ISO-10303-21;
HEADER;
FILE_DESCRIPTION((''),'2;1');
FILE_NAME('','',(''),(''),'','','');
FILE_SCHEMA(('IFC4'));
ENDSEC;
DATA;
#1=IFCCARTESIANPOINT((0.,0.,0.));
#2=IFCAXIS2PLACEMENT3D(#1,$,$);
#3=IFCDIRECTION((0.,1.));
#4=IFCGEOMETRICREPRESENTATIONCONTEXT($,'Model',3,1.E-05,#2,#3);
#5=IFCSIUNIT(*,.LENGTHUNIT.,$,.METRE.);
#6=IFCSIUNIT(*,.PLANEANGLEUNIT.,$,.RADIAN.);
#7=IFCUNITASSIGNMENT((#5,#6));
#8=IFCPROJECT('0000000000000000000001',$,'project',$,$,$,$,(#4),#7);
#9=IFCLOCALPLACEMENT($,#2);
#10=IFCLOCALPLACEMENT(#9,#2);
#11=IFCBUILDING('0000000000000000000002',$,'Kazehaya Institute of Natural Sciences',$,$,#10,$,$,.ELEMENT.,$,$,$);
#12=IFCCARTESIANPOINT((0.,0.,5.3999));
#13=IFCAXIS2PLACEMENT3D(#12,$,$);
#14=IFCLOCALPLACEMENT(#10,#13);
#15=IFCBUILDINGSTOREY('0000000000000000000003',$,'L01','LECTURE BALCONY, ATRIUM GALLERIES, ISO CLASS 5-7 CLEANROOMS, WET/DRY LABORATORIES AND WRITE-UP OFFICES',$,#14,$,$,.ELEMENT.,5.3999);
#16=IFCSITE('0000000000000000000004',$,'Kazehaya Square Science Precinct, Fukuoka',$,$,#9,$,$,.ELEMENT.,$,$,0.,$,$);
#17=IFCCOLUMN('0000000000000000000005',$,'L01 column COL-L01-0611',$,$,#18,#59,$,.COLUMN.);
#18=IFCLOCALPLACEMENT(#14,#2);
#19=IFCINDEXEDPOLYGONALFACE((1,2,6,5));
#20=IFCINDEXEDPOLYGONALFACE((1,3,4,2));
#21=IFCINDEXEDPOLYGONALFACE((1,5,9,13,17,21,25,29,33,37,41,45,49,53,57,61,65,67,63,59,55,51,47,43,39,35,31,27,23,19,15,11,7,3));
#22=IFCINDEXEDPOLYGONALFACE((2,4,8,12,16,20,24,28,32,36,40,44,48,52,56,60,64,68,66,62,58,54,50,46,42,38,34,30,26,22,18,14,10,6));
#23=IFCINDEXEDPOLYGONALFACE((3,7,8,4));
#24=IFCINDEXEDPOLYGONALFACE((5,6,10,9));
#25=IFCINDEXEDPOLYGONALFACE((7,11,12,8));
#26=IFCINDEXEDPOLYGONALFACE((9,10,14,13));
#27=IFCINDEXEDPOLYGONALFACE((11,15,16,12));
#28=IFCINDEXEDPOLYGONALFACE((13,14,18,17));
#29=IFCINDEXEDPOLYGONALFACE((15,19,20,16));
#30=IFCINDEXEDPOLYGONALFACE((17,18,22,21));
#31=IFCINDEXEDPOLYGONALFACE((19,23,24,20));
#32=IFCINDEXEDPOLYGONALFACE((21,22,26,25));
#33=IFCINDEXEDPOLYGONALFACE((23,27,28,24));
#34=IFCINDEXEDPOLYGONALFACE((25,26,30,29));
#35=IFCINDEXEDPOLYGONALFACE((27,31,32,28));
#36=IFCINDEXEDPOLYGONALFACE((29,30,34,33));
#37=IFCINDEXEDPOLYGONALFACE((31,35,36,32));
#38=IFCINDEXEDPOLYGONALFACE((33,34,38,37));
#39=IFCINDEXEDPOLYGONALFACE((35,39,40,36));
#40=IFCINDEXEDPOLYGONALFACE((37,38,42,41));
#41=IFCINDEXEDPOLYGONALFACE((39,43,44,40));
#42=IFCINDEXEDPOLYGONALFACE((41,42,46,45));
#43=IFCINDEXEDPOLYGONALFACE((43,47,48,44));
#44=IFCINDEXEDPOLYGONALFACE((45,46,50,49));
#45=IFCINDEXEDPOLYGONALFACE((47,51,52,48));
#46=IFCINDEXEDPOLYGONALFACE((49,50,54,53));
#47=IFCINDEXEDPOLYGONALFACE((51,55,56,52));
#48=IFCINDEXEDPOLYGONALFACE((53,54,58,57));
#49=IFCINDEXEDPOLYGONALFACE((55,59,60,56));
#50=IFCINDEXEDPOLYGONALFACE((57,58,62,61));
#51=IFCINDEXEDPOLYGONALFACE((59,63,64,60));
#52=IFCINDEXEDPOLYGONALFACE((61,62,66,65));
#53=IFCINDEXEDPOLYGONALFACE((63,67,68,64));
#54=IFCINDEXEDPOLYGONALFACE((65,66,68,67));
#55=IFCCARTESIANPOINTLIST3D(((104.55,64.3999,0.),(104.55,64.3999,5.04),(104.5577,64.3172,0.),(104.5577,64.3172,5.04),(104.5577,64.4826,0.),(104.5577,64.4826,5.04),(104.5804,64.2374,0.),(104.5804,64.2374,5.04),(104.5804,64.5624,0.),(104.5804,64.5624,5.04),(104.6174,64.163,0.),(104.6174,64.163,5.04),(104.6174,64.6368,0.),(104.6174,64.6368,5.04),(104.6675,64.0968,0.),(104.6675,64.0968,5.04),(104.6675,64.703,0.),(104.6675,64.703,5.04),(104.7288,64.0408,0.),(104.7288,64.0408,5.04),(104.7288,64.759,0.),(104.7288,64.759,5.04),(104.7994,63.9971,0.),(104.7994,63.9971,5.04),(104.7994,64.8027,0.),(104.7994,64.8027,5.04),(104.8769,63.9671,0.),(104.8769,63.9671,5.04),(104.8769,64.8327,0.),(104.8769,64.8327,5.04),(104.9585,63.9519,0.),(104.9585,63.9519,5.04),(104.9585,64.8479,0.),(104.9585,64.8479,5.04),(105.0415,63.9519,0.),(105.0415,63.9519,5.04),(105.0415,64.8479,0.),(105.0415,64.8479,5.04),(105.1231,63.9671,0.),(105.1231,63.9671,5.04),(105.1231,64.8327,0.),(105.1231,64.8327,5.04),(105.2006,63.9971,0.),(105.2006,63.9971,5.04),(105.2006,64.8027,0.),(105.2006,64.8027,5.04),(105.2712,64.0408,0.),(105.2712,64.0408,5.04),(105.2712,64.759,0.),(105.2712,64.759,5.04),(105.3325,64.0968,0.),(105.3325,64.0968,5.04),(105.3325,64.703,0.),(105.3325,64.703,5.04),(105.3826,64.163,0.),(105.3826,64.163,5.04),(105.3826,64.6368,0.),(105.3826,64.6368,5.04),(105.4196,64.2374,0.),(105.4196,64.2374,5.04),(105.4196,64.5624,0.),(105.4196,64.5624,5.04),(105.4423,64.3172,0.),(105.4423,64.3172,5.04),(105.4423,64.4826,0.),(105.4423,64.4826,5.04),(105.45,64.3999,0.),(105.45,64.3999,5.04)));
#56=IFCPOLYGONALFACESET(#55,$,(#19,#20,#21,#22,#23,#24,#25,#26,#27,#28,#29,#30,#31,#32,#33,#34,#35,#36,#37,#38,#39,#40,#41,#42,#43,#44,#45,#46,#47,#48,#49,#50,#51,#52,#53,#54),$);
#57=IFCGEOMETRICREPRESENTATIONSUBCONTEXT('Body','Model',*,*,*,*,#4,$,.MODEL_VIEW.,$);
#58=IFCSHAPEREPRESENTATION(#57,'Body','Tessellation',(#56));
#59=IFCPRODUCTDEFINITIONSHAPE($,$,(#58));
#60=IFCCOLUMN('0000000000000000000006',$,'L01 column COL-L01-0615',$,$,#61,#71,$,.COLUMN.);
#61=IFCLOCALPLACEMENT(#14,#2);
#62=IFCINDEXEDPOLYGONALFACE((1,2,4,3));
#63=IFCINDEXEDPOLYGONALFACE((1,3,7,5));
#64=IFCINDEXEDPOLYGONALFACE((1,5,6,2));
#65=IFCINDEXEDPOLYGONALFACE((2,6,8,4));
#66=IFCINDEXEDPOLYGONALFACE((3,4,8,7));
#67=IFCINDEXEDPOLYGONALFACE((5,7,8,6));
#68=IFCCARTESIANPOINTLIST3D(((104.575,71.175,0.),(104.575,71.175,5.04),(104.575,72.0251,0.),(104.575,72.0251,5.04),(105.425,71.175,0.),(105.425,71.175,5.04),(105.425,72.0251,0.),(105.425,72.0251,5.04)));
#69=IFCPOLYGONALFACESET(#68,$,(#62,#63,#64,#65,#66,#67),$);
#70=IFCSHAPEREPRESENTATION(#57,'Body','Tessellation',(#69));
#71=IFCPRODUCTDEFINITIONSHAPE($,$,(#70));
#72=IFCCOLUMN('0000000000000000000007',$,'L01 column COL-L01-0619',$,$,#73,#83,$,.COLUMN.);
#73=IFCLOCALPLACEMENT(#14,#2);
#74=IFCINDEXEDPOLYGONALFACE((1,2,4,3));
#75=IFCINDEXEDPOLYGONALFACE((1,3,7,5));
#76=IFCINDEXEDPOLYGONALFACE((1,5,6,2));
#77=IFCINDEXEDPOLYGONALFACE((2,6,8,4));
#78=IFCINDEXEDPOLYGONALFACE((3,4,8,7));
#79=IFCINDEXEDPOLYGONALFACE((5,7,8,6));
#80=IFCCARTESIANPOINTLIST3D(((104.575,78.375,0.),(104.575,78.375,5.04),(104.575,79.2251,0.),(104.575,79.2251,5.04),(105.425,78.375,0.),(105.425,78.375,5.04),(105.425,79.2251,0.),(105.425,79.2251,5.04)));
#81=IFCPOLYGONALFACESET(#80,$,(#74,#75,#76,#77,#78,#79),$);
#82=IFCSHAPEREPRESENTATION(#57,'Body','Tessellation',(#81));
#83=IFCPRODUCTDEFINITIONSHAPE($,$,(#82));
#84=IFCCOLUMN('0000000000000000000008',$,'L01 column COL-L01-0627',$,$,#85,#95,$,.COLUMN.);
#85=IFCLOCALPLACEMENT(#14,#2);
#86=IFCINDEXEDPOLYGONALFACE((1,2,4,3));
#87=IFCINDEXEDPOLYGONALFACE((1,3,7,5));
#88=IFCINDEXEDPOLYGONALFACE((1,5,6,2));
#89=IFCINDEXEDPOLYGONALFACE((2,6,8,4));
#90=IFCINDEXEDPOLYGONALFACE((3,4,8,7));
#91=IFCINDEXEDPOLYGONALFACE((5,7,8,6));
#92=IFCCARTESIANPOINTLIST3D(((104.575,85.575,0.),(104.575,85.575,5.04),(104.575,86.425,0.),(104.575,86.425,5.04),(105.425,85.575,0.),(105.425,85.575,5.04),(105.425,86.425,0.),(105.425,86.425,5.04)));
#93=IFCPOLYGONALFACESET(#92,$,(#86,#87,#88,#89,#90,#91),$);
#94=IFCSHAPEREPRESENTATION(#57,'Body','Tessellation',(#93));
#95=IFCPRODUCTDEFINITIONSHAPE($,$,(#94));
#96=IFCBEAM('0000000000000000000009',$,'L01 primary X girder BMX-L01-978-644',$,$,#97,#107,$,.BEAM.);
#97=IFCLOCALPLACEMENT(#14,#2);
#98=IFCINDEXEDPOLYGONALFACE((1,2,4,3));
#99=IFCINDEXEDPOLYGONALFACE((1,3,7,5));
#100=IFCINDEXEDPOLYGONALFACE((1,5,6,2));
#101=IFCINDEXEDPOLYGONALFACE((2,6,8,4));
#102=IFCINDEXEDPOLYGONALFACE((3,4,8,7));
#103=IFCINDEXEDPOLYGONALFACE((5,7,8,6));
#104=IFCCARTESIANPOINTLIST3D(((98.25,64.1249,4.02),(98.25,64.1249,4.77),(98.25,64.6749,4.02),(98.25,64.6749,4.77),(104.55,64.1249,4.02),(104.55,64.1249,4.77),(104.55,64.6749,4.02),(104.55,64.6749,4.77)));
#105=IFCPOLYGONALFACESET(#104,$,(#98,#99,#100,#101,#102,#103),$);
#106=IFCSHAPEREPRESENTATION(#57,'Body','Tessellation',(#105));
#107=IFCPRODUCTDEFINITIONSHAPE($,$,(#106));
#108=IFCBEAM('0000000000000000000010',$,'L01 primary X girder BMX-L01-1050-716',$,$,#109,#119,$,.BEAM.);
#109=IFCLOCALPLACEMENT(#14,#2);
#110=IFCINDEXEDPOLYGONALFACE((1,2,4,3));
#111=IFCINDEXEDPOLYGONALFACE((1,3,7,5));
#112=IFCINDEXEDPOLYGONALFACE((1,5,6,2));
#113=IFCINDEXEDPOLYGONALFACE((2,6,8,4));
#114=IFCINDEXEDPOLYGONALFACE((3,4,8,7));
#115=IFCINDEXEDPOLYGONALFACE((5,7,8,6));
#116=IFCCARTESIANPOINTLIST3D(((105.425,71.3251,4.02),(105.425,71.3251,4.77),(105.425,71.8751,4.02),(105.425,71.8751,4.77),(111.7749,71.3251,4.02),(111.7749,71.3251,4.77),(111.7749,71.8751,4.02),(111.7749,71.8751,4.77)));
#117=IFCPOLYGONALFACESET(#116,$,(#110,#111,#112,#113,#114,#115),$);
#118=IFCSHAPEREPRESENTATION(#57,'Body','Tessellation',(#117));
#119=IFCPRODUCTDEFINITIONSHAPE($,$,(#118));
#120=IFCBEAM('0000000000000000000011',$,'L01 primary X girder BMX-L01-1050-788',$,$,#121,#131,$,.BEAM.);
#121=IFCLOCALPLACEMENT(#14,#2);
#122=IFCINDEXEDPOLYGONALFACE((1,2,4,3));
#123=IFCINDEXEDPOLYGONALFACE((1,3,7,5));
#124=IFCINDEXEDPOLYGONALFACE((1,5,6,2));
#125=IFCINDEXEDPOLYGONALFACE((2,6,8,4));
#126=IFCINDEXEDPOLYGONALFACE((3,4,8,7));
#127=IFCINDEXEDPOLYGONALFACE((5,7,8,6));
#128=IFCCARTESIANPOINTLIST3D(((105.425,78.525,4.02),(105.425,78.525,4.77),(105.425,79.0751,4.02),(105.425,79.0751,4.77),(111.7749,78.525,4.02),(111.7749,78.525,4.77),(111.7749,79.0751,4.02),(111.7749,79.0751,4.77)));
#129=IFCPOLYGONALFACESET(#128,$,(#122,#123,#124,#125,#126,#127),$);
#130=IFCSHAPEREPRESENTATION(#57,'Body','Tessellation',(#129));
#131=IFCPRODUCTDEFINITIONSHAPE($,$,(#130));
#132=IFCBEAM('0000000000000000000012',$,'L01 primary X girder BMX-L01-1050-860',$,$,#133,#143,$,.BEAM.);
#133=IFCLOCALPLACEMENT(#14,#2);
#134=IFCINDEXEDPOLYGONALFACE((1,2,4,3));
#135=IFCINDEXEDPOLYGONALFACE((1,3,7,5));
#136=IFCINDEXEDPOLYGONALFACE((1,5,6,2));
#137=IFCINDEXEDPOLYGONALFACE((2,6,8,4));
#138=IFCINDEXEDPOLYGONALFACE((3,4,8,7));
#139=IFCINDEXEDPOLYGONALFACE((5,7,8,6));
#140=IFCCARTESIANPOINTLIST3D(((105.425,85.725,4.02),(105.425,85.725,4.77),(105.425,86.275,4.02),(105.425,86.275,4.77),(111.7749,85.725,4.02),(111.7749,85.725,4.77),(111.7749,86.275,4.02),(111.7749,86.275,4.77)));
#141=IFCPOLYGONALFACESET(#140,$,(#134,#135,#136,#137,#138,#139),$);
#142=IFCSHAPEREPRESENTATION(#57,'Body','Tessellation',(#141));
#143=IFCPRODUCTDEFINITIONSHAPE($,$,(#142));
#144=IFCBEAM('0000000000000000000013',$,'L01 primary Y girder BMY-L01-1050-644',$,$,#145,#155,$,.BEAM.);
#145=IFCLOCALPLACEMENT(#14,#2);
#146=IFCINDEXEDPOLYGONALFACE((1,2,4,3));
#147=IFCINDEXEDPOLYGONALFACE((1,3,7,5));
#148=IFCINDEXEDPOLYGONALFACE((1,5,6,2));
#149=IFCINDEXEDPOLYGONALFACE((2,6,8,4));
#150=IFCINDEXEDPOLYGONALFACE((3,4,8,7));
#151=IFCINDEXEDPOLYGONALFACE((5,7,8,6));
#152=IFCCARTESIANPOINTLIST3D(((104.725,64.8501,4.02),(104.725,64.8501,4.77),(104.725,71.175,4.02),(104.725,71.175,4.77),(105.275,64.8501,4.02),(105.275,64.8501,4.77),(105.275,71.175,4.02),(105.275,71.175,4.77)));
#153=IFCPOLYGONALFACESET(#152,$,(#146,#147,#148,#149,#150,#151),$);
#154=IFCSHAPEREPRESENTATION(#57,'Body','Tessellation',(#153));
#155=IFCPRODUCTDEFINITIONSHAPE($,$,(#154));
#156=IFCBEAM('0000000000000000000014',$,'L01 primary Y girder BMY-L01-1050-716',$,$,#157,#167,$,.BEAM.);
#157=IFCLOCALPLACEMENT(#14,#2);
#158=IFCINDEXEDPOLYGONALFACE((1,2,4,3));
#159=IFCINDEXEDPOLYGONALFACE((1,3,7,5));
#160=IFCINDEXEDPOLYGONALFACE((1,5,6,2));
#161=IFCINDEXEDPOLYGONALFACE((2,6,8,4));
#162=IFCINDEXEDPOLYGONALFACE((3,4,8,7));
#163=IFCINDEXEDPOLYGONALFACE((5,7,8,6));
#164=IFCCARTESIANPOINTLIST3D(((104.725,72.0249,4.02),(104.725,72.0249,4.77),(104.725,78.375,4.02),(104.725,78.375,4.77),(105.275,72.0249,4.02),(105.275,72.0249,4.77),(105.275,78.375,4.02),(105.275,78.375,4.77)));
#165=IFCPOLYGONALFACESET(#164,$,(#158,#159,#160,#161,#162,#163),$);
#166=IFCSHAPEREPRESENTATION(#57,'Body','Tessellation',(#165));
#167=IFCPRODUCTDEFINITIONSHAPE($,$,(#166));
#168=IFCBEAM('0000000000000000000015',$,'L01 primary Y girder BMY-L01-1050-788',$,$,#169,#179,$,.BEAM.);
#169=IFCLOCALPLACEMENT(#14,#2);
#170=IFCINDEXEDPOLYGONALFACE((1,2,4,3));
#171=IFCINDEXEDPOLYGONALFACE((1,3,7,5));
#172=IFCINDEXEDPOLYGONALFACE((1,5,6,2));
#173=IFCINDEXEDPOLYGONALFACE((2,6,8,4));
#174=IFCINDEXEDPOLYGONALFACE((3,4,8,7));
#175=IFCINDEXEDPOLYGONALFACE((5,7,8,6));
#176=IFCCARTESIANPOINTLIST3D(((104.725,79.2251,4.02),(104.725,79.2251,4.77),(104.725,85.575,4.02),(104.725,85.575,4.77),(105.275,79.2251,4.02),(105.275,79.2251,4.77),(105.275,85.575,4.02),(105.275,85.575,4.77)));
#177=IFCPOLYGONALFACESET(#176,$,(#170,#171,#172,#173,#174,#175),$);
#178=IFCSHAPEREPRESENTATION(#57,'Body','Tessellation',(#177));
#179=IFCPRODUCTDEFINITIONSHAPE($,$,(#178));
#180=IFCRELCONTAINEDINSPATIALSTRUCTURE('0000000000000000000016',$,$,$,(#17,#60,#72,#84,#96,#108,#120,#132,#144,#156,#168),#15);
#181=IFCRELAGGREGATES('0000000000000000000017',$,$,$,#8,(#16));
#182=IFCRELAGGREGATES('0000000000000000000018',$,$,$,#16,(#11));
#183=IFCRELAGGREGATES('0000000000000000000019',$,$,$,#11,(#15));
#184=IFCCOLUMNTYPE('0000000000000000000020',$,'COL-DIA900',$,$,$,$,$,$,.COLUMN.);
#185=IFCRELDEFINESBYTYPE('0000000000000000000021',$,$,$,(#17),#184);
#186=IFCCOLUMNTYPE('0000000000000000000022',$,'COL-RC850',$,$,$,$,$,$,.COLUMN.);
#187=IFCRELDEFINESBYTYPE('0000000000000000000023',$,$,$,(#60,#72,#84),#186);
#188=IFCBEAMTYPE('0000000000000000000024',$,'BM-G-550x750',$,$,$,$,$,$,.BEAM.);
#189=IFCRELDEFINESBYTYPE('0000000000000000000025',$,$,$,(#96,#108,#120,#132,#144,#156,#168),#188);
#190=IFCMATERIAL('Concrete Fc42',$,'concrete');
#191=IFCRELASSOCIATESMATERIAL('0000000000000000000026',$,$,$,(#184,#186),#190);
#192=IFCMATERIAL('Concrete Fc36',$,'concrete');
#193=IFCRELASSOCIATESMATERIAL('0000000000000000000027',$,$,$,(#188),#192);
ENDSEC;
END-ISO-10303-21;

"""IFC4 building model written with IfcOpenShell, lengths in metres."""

from ifc_helpers import new_model, si_unit, direction, frame, origin, origin_2d, place, context, subcontext, project, spatial, rectangle, circle, extrude, material, material_profile, profile_set, type_object, element, save


model = new_model("IFC4")

# Units and contexts
model_context = context("Model", 3, precision=1e-05, world=origin(), true_north=direction((0.0, 1.0)))
body_context = subcontext(model_context, "Body", "Model", "MODEL_VIEW")
ifc_project = project(units=[si_unit("LENGTHUNIT", "METRE"), si_unit("PLANEANGLEUNIT", "RADIAN")], contexts=[model_context])

# Site, building, storey
site_placement = place(None, origin())
site = spatial("IfcSite", under=ifc_project, at=site_placement, Name="Kazehaya Square Science Precinct, Fukuoka", CompositionType="ELEMENT", RefElevation=0.0)
building_placement = place(site_placement, origin())
building = spatial("IfcBuilding", under=site, at=building_placement, Name="Kazehaya Institute of Natural Sciences", CompositionType="ELEMENT")
storey_placement = place(building_placement, frame((0.0, 0.0, 5.3999)))
storey = spatial("IfcBuildingStorey", under=building, at=storey_placement, Name="L01", Description="LECTURE BALCONY, ATRIUM GALLERIES, ISO CLASS 5-7 CLEANROOMS, WET/DRY LABORATORIES AND WRITE-UP OFFICES", CompositionType="ELEMENT", Elevation=5.3999)

# Columns
ifc_material_1 = material(Name="Concrete Fc42", Category="concrete")
ifc_material_profile_1 = material_profile(ifc_material_1, circle(Radius=0.45, at=origin_2d()), Name="RC-DIA900")
ifc_profile_set_1 = profile_set([ifc_material_profile_1], Name="Concrete Fc42")
column_type_1 = type_object("IfcColumnType", Name="COL-DIA900", PredefinedType="COLUMN", material=ifc_profile_set_1)
column_placement = place(storey_placement, frame((105.0, 64.3999, 0.0), z_axis=(0.0, 0.0, 1.0), x_axis=(1.0, 0.0, 0.0)))
element("IfcColumn", 1, at=column_placement, inside=storey, type_object=column_type_1, Name="L01 column COL-L01-0611", PredefinedType="COLUMN", context=body_context, shape_type="SweptSolid", body=[
    extrude(circle(Radius=0.45, at=origin_2d()), origin(), (0.0, 0.0, 1.0), 5.04),
])
ifc_material_profile_2 = material_profile(ifc_material_1, rectangle(XDim=0.8501, YDim=0.8501, at=origin_2d()), Name="RC-850x850")
ifc_profile_set_2 = profile_set([ifc_material_profile_2], Name="Concrete Fc42")
column_type_2 = type_object("IfcColumnType", Name="COL-RC850", PredefinedType="COLUMN", material=ifc_profile_set_2)
for number, where, z_axis, x_axis, name in (
    (2, (105.0, 71.6001, 0.0), (0.0, 0.0, 1.0), (1.0, 0.0, 0.0), "L01 column COL-L01-0615"),
    (3, (105.0, 78.8, 0.0), (0.0, 0.0, 1.0), (1.0, 0.0, 0.0), "L01 column COL-L01-0619"),
    (4, (105.0, 86.0, 0.0), (0.0, 0.0, 1.0), (1.0, 0.0, 0.0), "L01 column COL-L01-0627"),
):
    element("IfcColumn", number, at=place(storey_placement, frame(where, z_axis=z_axis, x_axis=x_axis)), inside=storey, type_object=column_type_2, Name=name, PredefinedType="COLUMN", context=body_context, shape_type="SweptSolid", body=[
        extrude(rectangle(XDim=0.8501, YDim=0.8501, at=origin_2d()), origin(), (0.0, 0.0, 1.0), 5.04),
    ])

# Beams
ifc_material_2 = material(Name="Concrete Fc36", Category="concrete")
ifc_material_profile_3 = material_profile(ifc_material_2, rectangle(XDim=0.55, YDim=0.75, at=origin_2d()), Name="RC-550x750")
ifc_profile_set_3 = profile_set([ifc_material_profile_3], Name="Concrete Fc36")
beam_type = type_object("IfcBeamType", Name="BM-G-550x750", PredefinedType="BEAM", material=ifc_profile_set_3)
beam_1_placement = place(storey_placement, frame((98.25, 64.3999, 4.395), z_axis=(1.0, 0.0, 0.0), x_axis=(0.0, 1.0, 0.0)))
element("IfcBeam", 5, at=beam_1_placement, inside=storey, type_object=beam_type, Name="L01 primary X girder BMX-L01-978-644", PredefinedType="BEAM", context=body_context, shape_type="SweptSolid", body=[
    extrude(rectangle(XDim=0.55, YDim=0.75, at=origin_2d()), origin(), (0.0, 0.0, 1.0), 6.3),
])
for number, where, z_axis, x_axis, name in (
    (6, (105.425, 71.6001, 4.395), (1.0, 0.0, 0.0), (0.0, 1.0, 0.0), "L01 primary X girder BMX-L01-1050-716"),
    (7, (105.425, 78.8, 4.395), (1.0, 0.0, 0.0), (0.0, 1.0, 0.0), "L01 primary X girder BMX-L01-1050-788"),
    (8, (105.425, 86.0, 4.395), (1.0, 0.0, 0.0), (0.0, 1.0, 0.0), "L01 primary X girder BMX-L01-1050-860"),
):
    element("IfcBeam", number, at=place(storey_placement, frame(where, z_axis=z_axis, x_axis=x_axis)), inside=storey, type_object=beam_type, Name=name, PredefinedType="BEAM", context=body_context, shape_type="SweptSolid", body=[
        extrude(rectangle(XDim=0.55, YDim=0.75, at=origin_2d()), origin(), (0.0, 0.0, 1.0), 6.3499),
    ])
beam_2_placement = place(storey_placement, frame((105.0, 64.8501, 4.395), z_axis=(0.0, 1.0, 0.0), x_axis=(-1.0, 0.0, 0.0)))
element("IfcBeam", 9, at=beam_2_placement, inside=storey, type_object=beam_type, Name="L01 primary Y girder BMY-L01-1050-644", PredefinedType="BEAM", context=body_context, shape_type="SweptSolid", body=[
    extrude(rectangle(XDim=0.55, YDim=0.75, at=origin_2d()), origin(), (0.0, 0.0, 1.0), 6.325),
])
beam_3_placement = place(storey_placement, frame((105.0, 72.0249, 4.395), z_axis=(0.0, 1.0, 0.0), x_axis=(-1.0, 0.0, 0.0)))
element("IfcBeam", 10, at=beam_3_placement, inside=storey, type_object=beam_type, Name="L01 primary Y girder BMY-L01-1050-716", PredefinedType="BEAM", context=body_context, shape_type="SweptSolid", body=[
    extrude(rectangle(XDim=0.55, YDim=0.75, at=origin_2d()), origin(), (0.0, 0.0, 1.0), 6.3501),
])
beam_4_placement = place(storey_placement, frame((105.0, 79.2251, 4.395), z_axis=(0.0, 1.0, 0.0), x_axis=(-1.0, 0.0, 0.0)))
element("IfcBeam", 11, at=beam_4_placement, inside=storey, type_object=beam_type, Name="L01 primary Y girder BMY-L01-1050-788", PredefinedType="BEAM", context=body_context, shape_type="SweptSolid", body=[
    extrude(rectangle(XDim=0.55, YDim=0.75, at=origin_2d()), origin(), (0.0, 0.0, 1.0), 6.3499),
])

save(model, "model.ifc")
